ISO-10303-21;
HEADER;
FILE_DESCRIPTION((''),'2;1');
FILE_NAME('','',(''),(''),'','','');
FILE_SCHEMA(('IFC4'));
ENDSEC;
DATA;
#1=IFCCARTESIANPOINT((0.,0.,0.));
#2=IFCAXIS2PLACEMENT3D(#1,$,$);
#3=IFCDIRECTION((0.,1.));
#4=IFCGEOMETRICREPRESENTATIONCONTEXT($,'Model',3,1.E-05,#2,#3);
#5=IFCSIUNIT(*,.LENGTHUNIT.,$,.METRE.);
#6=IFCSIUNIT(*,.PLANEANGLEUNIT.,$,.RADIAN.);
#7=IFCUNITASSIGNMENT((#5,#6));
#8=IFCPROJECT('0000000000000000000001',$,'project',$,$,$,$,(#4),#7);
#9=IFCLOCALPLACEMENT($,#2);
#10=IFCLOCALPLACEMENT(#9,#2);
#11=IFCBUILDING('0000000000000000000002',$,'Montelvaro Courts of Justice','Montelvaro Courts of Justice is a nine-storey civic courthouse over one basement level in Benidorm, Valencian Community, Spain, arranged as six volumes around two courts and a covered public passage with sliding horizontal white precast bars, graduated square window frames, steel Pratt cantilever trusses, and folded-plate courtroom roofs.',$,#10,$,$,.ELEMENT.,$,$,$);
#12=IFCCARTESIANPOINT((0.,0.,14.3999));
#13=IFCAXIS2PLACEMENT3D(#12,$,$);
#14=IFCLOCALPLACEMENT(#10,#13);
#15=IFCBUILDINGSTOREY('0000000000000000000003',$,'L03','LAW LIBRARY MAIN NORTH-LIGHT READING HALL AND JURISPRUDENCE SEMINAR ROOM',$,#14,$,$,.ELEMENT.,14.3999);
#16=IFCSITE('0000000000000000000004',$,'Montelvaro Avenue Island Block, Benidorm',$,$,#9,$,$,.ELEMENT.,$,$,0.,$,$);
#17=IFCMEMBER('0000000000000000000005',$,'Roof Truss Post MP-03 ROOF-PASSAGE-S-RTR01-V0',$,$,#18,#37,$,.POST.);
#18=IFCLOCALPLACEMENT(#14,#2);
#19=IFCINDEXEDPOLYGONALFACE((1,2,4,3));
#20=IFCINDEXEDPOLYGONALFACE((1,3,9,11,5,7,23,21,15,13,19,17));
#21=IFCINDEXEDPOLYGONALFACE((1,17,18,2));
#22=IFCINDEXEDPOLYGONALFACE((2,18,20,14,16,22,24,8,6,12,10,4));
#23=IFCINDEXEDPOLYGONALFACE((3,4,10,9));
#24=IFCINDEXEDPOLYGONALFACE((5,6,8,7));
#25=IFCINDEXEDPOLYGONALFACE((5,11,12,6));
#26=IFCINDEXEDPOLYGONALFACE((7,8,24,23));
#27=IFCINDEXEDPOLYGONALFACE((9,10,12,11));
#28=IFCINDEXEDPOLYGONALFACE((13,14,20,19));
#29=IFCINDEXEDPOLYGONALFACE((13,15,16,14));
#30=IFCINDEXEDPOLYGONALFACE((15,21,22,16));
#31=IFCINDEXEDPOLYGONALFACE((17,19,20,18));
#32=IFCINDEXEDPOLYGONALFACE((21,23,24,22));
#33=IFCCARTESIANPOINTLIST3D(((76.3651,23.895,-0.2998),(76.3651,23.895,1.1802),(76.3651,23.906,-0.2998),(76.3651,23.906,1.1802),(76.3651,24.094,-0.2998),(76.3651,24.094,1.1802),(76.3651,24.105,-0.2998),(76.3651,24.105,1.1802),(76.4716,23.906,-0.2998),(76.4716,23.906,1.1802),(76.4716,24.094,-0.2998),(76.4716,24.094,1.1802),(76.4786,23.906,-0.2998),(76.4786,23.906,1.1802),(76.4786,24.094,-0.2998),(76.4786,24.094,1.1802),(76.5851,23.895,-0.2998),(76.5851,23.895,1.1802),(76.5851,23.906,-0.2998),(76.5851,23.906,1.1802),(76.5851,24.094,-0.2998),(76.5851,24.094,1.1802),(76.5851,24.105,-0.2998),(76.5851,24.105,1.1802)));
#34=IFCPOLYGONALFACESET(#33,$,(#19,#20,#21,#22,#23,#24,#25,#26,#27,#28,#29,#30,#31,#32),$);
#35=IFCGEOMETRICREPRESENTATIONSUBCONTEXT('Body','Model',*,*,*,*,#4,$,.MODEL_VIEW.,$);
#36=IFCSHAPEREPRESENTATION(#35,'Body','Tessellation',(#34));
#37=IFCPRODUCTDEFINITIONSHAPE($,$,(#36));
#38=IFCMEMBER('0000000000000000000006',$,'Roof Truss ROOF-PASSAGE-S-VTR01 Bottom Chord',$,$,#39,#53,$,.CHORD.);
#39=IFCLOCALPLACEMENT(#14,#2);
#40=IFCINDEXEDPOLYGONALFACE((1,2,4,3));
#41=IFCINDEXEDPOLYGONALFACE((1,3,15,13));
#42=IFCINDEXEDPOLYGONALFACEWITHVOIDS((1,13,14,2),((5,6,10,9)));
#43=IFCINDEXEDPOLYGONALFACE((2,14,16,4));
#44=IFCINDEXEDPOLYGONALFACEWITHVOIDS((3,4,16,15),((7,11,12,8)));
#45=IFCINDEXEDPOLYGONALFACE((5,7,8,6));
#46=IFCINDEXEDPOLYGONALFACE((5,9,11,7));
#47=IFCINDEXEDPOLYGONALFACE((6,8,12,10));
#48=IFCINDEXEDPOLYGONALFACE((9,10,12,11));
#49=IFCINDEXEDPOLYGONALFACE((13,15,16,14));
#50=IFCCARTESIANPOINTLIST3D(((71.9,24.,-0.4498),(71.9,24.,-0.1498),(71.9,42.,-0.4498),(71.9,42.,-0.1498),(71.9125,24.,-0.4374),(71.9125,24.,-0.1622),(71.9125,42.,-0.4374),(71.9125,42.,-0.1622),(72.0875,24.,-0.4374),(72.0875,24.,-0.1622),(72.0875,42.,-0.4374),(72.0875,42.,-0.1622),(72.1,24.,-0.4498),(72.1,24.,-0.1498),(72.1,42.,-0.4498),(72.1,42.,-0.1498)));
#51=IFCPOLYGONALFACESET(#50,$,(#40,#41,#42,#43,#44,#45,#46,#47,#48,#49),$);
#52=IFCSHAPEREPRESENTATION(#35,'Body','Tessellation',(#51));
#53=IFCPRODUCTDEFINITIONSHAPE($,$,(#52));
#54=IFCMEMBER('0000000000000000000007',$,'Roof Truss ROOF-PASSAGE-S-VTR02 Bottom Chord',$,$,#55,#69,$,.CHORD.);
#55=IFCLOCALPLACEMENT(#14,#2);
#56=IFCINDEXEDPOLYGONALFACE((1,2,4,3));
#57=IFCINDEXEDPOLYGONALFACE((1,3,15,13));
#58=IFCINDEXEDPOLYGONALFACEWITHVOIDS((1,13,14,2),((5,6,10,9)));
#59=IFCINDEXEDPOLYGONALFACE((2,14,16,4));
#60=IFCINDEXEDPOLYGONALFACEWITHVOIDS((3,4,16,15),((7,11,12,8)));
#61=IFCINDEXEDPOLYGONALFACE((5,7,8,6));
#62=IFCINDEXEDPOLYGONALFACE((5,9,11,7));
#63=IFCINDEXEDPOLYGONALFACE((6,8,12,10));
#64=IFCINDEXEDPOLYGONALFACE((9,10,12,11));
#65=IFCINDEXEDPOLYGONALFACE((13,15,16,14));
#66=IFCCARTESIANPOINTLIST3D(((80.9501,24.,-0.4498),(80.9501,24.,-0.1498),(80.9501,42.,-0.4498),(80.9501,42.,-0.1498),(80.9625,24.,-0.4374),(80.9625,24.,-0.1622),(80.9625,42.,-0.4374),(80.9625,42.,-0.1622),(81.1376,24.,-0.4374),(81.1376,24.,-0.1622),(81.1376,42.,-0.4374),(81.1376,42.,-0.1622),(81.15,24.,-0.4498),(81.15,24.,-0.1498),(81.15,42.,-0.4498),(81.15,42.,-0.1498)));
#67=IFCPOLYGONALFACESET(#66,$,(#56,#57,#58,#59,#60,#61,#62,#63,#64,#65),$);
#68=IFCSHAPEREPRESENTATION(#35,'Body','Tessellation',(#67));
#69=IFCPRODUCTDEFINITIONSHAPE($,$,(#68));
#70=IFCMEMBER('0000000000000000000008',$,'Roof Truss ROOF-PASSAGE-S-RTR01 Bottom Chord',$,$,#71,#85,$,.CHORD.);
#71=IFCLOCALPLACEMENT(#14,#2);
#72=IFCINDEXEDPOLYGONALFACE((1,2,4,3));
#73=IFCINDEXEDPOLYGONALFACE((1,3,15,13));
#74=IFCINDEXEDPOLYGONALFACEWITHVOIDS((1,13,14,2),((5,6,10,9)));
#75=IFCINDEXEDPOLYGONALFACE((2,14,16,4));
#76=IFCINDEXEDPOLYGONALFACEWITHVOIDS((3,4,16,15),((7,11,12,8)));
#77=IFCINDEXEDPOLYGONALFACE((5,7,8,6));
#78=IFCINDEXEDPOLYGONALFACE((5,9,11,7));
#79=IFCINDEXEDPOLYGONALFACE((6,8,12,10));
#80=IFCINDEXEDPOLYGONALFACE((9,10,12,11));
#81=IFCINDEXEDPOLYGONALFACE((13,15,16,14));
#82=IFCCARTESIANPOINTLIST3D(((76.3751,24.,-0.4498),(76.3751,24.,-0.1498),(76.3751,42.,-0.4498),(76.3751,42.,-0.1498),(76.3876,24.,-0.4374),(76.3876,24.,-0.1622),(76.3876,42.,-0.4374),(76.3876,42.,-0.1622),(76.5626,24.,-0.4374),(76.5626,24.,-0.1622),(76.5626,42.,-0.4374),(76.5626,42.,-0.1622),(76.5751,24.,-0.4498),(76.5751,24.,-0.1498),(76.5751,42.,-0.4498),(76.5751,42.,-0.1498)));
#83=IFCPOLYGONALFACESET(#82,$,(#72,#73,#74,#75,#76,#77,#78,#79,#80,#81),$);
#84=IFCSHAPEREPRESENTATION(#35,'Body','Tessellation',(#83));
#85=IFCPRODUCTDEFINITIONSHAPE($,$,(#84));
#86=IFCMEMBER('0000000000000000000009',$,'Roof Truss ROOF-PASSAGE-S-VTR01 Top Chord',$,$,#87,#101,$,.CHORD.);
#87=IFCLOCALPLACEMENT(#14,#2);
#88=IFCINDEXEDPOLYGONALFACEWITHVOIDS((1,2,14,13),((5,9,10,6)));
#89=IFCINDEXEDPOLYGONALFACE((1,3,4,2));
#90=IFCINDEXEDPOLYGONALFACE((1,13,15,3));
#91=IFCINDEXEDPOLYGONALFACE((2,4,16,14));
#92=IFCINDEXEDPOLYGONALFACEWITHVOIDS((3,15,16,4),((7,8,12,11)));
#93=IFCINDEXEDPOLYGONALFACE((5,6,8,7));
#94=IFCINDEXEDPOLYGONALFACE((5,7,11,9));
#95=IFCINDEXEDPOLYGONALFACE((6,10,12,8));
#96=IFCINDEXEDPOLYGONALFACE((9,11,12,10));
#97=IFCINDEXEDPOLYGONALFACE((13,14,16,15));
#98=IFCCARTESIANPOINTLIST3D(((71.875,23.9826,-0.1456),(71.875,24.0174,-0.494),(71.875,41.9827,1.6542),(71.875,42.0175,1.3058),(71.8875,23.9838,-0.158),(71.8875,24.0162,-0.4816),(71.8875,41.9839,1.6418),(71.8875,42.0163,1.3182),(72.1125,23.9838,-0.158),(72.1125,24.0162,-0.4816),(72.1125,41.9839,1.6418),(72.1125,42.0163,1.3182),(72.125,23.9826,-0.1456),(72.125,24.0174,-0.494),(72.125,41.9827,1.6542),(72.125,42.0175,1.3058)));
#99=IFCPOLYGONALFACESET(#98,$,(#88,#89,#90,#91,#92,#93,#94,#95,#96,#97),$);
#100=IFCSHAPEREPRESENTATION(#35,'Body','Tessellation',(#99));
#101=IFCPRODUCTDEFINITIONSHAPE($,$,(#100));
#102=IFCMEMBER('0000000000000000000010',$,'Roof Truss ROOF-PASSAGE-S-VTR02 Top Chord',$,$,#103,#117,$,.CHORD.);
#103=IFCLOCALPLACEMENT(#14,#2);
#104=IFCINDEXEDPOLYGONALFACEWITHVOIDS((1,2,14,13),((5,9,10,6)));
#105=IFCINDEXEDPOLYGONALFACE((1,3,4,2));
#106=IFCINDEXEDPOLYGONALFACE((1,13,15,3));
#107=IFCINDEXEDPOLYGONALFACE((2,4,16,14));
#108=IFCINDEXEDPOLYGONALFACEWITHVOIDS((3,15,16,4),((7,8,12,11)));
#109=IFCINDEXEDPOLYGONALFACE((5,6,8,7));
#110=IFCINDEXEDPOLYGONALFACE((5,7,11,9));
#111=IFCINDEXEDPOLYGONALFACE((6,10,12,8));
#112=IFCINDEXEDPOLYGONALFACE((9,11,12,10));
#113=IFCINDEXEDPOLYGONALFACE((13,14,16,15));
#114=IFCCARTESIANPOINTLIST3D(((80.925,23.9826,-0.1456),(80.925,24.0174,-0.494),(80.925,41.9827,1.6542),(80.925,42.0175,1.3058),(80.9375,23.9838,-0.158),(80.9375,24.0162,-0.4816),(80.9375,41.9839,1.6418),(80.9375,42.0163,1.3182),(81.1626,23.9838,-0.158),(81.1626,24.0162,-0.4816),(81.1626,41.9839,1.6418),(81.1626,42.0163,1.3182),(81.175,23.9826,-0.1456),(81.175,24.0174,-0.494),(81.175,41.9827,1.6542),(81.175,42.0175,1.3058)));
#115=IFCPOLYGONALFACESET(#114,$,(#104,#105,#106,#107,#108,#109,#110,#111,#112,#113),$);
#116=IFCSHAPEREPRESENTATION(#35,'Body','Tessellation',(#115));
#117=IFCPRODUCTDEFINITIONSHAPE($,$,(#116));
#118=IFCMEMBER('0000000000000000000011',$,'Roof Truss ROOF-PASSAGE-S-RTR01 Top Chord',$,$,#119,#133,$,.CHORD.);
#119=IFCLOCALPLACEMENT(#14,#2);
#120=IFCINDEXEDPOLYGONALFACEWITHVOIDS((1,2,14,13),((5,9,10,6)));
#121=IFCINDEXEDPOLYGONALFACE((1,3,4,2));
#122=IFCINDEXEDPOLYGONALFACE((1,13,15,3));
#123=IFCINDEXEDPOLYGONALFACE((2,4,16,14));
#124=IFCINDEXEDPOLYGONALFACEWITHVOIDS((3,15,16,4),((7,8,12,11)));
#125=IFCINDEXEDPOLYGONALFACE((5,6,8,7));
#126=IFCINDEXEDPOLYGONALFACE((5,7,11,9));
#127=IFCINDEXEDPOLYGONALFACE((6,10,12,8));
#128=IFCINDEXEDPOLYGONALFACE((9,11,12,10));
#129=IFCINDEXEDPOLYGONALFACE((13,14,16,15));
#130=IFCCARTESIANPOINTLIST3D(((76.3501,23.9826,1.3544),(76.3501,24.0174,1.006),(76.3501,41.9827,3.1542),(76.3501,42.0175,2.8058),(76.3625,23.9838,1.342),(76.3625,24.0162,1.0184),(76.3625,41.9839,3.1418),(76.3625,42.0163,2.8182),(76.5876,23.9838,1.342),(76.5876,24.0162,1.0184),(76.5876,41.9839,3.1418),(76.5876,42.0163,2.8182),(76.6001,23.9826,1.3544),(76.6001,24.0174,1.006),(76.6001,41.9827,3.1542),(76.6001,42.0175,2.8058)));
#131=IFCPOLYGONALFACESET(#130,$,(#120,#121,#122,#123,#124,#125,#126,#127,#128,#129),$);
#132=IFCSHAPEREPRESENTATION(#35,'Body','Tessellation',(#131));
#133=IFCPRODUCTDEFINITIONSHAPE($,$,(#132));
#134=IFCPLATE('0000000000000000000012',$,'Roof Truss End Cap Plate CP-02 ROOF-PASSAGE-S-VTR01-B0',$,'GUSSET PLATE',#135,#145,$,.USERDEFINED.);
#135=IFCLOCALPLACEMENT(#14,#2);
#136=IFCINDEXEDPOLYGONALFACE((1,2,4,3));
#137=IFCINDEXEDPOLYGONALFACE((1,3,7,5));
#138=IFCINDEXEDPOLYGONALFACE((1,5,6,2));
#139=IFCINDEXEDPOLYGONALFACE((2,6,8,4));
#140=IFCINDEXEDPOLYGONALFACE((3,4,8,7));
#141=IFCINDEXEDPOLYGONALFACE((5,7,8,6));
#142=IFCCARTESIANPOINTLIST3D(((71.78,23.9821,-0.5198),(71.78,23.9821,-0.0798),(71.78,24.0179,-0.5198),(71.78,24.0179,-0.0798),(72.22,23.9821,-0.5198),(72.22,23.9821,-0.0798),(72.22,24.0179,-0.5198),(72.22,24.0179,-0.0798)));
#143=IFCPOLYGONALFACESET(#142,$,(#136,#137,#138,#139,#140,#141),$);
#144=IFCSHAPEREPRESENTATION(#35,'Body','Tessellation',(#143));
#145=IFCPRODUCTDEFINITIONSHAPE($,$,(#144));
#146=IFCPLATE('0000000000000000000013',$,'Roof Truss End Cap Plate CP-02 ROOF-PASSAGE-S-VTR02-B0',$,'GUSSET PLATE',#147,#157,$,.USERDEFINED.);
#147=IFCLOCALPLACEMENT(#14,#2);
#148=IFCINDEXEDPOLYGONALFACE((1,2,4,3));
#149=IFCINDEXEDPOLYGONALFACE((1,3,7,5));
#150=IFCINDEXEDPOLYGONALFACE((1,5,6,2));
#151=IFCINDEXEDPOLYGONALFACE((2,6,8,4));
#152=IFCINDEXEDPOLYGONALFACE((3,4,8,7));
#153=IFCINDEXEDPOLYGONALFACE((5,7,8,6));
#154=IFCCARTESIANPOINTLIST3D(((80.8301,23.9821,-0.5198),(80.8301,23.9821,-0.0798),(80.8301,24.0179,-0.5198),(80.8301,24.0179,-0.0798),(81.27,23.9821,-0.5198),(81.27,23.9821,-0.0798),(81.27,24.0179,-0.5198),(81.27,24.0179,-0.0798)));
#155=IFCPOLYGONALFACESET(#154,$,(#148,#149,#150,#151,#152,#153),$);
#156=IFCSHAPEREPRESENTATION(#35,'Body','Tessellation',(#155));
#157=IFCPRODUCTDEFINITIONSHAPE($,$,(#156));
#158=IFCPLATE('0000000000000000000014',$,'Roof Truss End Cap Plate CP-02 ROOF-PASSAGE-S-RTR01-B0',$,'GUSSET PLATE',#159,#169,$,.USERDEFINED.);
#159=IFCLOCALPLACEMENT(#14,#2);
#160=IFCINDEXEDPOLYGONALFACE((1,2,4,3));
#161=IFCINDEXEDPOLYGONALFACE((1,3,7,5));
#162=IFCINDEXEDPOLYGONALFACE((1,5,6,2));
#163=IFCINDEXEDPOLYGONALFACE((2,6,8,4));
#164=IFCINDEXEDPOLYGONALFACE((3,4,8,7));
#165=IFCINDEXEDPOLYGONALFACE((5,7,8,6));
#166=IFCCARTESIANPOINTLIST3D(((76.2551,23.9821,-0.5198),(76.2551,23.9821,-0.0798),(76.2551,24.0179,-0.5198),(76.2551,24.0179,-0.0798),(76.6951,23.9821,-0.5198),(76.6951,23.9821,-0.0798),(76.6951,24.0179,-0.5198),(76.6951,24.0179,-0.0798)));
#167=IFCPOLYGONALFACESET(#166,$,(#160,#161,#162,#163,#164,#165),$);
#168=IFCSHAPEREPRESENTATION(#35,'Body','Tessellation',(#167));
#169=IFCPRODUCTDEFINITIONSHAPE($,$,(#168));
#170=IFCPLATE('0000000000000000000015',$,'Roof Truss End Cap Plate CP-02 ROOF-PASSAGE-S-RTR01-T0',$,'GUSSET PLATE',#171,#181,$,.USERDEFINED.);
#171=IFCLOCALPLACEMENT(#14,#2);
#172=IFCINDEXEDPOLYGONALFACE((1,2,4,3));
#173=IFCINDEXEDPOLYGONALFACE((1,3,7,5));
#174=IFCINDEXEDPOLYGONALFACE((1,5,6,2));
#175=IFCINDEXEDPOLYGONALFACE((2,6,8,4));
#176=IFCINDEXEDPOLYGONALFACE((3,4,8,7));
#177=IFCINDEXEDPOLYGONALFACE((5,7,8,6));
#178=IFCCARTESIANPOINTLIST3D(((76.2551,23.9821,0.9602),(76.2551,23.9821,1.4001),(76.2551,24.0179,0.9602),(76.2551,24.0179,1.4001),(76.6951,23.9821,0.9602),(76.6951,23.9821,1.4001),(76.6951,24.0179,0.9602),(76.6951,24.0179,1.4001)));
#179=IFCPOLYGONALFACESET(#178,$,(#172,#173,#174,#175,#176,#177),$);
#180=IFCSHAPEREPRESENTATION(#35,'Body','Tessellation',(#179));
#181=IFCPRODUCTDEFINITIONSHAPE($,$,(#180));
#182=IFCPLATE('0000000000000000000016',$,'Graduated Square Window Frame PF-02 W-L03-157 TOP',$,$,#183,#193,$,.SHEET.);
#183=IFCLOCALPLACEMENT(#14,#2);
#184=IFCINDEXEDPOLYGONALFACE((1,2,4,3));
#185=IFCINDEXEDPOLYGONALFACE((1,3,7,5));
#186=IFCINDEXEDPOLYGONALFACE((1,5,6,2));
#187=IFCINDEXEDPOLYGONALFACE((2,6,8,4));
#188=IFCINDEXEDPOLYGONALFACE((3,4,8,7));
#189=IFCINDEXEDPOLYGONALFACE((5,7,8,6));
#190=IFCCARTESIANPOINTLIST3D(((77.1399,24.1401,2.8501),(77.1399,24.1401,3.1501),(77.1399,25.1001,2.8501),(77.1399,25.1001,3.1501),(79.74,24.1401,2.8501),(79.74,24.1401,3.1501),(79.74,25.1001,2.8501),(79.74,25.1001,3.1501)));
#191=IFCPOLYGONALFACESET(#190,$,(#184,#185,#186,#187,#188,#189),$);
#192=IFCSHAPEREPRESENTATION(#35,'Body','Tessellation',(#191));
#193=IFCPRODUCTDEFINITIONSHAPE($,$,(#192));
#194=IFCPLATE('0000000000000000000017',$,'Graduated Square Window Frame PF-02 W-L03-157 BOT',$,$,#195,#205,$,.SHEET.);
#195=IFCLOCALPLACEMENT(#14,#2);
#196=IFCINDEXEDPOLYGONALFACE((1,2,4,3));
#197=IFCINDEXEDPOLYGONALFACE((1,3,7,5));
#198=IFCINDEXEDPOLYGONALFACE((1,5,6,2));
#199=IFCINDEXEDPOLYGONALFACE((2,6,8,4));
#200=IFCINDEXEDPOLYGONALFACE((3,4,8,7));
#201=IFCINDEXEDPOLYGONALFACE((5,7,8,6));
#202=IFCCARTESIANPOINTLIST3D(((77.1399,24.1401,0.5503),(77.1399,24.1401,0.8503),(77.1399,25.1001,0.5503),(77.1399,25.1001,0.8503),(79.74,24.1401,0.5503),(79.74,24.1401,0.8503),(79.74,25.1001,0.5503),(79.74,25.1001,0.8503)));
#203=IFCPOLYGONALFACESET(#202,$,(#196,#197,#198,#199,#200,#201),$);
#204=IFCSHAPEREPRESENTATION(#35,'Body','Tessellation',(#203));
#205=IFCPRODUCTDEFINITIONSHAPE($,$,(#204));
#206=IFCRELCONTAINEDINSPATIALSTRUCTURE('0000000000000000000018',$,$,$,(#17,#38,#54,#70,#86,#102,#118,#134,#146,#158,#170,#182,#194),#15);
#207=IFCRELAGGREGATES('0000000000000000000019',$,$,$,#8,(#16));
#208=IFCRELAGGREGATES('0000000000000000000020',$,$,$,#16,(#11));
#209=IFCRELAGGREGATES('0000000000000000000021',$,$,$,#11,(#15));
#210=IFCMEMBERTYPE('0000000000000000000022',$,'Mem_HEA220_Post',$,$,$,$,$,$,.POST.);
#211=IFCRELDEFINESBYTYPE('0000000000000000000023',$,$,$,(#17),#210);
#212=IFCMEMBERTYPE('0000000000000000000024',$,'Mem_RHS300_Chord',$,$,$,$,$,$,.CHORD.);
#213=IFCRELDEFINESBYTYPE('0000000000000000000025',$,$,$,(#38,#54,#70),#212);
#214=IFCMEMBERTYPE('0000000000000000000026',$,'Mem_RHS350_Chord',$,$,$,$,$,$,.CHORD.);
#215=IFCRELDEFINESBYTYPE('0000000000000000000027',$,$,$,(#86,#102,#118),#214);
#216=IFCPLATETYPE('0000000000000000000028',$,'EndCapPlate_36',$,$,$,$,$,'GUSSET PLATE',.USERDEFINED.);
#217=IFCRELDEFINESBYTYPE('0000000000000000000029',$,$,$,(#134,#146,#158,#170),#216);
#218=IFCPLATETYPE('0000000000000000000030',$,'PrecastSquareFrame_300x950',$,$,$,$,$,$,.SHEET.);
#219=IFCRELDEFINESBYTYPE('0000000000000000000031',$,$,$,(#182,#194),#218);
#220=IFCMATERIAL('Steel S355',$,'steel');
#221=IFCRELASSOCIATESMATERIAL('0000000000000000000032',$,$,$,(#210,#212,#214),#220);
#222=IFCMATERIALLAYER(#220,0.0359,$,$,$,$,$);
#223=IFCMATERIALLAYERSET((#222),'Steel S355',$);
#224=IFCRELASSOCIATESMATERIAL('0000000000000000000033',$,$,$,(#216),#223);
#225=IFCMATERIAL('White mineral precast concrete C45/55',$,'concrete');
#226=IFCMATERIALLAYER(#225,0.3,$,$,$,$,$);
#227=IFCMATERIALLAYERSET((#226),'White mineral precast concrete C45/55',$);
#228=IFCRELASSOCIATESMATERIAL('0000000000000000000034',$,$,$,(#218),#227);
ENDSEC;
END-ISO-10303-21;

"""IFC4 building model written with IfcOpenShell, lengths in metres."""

from ifc_helpers import new_model, si_unit, direction, frame, origin, origin_2d, place, context, subcontext, project, spatial, rectangle, hollow_rectangle, i_section, extrude, material, layer, layer_set, material_profile, profile_set, type_object, element, save


model = new_model("IFC4")

# Units and contexts
model_context = context("Model", 3, precision=1e-05, world=origin(), true_north=direction((0.0, 1.0)))
body_context = subcontext(model_context, "Body", "Model", "MODEL_VIEW")
ifc_project = project(units=[si_unit("LENGTHUNIT", "METRE"), si_unit("PLANEANGLEUNIT", "RADIAN")], contexts=[model_context])

# Site, building, storey
site_placement = place(None, origin())
site = spatial("IfcSite", under=ifc_project, at=site_placement, Name="Montelvaro Avenue Island Block, Benidorm", CompositionType="ELEMENT", RefElevation=0.0)
building_placement = place(site_placement, origin())
building = spatial("IfcBuilding", under=site, at=building_placement, Name="Montelvaro Courts of Justice", Description="Montelvaro Courts of Justice is a nine-storey civic courthouse over one basement level in Benidorm, Valencian Community, Spain, arranged as six volumes around two courts and a covered public passage with sliding horizontal white precast bars, graduated square window frames, steel Pratt cantilever trusses, and folded-plate courtroom roofs.", CompositionType="ELEMENT")
storey_placement = place(building_placement, frame((0.0, 0.0, 14.3999)))
storey = spatial("IfcBuildingStorey", under=building, at=storey_placement, Name="L03", Description="LAW LIBRARY MAIN NORTH-LIGHT READING HALL AND JURISPRUDENCE SEMINAR ROOM", CompositionType="ELEMENT", Elevation=14.3999)

# Shared definitions
ifc_material_1 = material(Name="Steel S355", Category="steel")

# Members
ifc_material_profile_1 = material_profile(ifc_material_1, i_section(OverallWidth=0.22, OverallDepth=0.21, WebThickness=0.0071, FlangeThickness=0.011, at=origin_2d()), Name="HEA 220")
ifc_profile_set_1 = profile_set([ifc_material_profile_1], Name="Steel S355")
member_type_1 = type_object("IfcMemberType", Name="Mem_HEA220_Post", PredefinedType="POST", material=ifc_profile_set_1)
member_1_placement = place(storey_placement, frame((76.4751, 24.0, -0.2998), z_axis=(0.0, 0.0, 1.0), x_axis=(1.0, 0.0, 0.0)))
element("IfcMember", 1, at=member_1_placement, inside=storey, type_object=member_type_1, Name="Roof Truss Post MP-03 ROOF-PASSAGE-S-RTR01-V0", PredefinedType="POST", context=body_context, shape_type="SweptSolid", body=[
    extrude(i_section(OverallWidth=0.22, OverallDepth=0.21, WebThickness=0.0071, FlangeThickness=0.011, at=origin_2d()), origin(), (0.0, 0.0, 1.0), 1.48),
])
ifc_material_profile_2 = material_profile(ifc_material_1, hollow_rectangle(XDim=0.2, YDim=0.3, WallThickness=0.0125, at=origin_2d()), Name="RHS 300x200x12.5")
ifc_profile_set_2 = profile_set([ifc_material_profile_2], Name="Steel S355")
member_type_2 = type_object("IfcMemberType", Name="Mem_RHS300_Chord", PredefinedType="CHORD", material=ifc_profile_set_2)
for number, where, z_axis, x_axis, name in (
    (2, (72.0, 24.0, -0.2998), (0.0, 1.0, 0.0), (-1.0, 0.0, 0.0), "Roof Truss ROOF-PASSAGE-S-VTR01 Bottom Chord"),
    (3, (81.05, 24.0, -0.2998), (0.0, 1.0, 0.0), (-1.0, 0.0, 0.0), "Roof Truss ROOF-PASSAGE-S-VTR02 Bottom Chord"),
    (4, (76.4751, 24.0, -0.2998), (0.0, 1.0, 0.0), (-1.0, 0.0, 0.0), "Roof Truss ROOF-PASSAGE-S-RTR01 Bottom Chord"),
):
    element("IfcMember", number, at=place(storey_placement, frame(where, z_axis=z_axis, x_axis=x_axis)), inside=storey, type_object=member_type_2, Name=name, PredefinedType="CHORD", context=body_context, shape_type="SweptSolid", body=[
        extrude(hollow_rectangle(XDim=0.2, YDim=0.3, WallThickness=0.0125, at=origin_2d()), origin(), (0.0, 0.0, 1.0), 18.0),
    ])
ifc_material_profile_3 = material_profile(ifc_material_1, hollow_rectangle(XDim=0.25, YDim=0.3501, WallThickness=0.0125, at=origin_2d()), Name="RHS 350x250x12.5")
ifc_profile_set_3 = profile_set([ifc_material_profile_3], Name="Steel S355")
member_type_3 = type_object("IfcMemberType", Name="Mem_RHS350_Chord", PredefinedType="CHORD", material=ifc_profile_set_3)
for number, where, z_axis, x_axis, name in (
    (5, (72.0, 24.0, -0.3198), (0.0, 0.995038, 0.099493), (-1.0, 0.0, 0.0), "Roof Truss ROOF-PASSAGE-S-VTR01 Top Chord"),
    (6, (81.05, 24.0, -0.3198), (0.0, 0.995038, 0.099493), (-1.0, 0.0, 0.0), "Roof Truss ROOF-PASSAGE-S-VTR02 Top Chord"),
    (7, (76.4751, 24.0, 1.1802), (0.0, 0.995038, 0.099493), (-1.0, 0.0, 0.0), "Roof Truss ROOF-PASSAGE-S-RTR01 Top Chord"),
):
    element("IfcMember", number, at=place(storey_placement, frame(where, z_axis=z_axis, x_axis=x_axis)), inside=storey, type_object=member_type_3, Name=name, PredefinedType="CHORD", context=body_context, shape_type="SweptSolid", body=[
        extrude(hollow_rectangle(XDim=0.25, YDim=0.3501, WallThickness=0.0125, at=origin_2d()), origin(), (0.0, 0.0, 1.0), 18.0898),
    ])

# Plates
ifc_layer_1 = layer(ifc_material_1, 0.0359)
ifc_layer_set_1 = layer_set([ifc_layer_1], Name="Steel S355")
plate_type_1 = type_object("IfcPlateType", Name="EndCapPlate_36", ElementType="GUSSET PLATE", PredefinedType="USERDEFINED", material=ifc_layer_set_1)
for number, where, z_axis, x_axis, name in (
    (8, (72.0, 24.0, -0.5198), (0.0, 0.0, 1.0), (1.0, 0.0, 0.0), "Roof Truss End Cap Plate CP-02 ROOF-PASSAGE-S-VTR01-B0"),
    (9, (81.05, 24.0, -0.5198), (0.0, 0.0, 1.0), (1.0, 0.0, 0.0), "Roof Truss End Cap Plate CP-02 ROOF-PASSAGE-S-VTR02-B0"),
    (10, (76.4751, 24.0, -0.5198), (0.0, 0.0, 1.0), (1.0, 0.0, 0.0), "Roof Truss End Cap Plate CP-02 ROOF-PASSAGE-S-RTR01-B0"),
    (11, (76.4751, 24.0, 0.9602), (0.0, 0.0, 1.0), (1.0, 0.0, 0.0), "Roof Truss End Cap Plate CP-02 ROOF-PASSAGE-S-RTR01-T0"),
):
    element("IfcPlate", number, at=place(storey_placement, frame(where, z_axis=z_axis, x_axis=x_axis)), inside=storey, type_object=plate_type_1, Name=name, ObjectType="GUSSET PLATE", PredefinedType="USERDEFINED", context=body_context, shape_type="SweptSolid", body=[
        extrude(rectangle(XDim=0.4399, YDim=0.0359, at=origin_2d()), origin(), (0.0, 0.0, 1.0), 0.4399),
    ])
ifc_material_2 = material(Name="White mineral precast concrete C45/55", Category="concrete")
ifc_layer_2 = layer(ifc_material_2, 0.3)
ifc_layer_set_2 = layer_set([ifc_layer_2], Name="White mineral precast concrete C45/55")
plate_type_2 = type_object("IfcPlateType", Name="PrecastSquareFrame_300x950", PredefinedType="SHEET", material=ifc_layer_set_2)
for number, where, z_axis, x_axis, name in (
    (12, (78.4399, 24.6201, 2.8501), (0.0, 0.0, 1.0), (-1.0, 0.0, 0.0), "Graduated Square Window Frame PF-02 W-L03-157 TOP"),
    (13, (78.4399, 24.6201, 0.5503), (0.0, 0.0, 1.0), (-1.0, 0.0, 0.0), "Graduated Square Window Frame PF-02 W-L03-157 BOT"),
):
    element("IfcPlate", number, at=place(storey_placement, frame(where, z_axis=z_axis, x_axis=x_axis)), inside=storey, type_object=plate_type_2, Name=name, PredefinedType="SHEET", context=body_context, shape_type="SweptSolid", body=[
        extrude(rectangle(XDim=2.6001, YDim=0.96, at=origin_2d()), origin(), (0.0, 0.0, 1.0), 0.3),
    ])

save(model, "model.ifc")
